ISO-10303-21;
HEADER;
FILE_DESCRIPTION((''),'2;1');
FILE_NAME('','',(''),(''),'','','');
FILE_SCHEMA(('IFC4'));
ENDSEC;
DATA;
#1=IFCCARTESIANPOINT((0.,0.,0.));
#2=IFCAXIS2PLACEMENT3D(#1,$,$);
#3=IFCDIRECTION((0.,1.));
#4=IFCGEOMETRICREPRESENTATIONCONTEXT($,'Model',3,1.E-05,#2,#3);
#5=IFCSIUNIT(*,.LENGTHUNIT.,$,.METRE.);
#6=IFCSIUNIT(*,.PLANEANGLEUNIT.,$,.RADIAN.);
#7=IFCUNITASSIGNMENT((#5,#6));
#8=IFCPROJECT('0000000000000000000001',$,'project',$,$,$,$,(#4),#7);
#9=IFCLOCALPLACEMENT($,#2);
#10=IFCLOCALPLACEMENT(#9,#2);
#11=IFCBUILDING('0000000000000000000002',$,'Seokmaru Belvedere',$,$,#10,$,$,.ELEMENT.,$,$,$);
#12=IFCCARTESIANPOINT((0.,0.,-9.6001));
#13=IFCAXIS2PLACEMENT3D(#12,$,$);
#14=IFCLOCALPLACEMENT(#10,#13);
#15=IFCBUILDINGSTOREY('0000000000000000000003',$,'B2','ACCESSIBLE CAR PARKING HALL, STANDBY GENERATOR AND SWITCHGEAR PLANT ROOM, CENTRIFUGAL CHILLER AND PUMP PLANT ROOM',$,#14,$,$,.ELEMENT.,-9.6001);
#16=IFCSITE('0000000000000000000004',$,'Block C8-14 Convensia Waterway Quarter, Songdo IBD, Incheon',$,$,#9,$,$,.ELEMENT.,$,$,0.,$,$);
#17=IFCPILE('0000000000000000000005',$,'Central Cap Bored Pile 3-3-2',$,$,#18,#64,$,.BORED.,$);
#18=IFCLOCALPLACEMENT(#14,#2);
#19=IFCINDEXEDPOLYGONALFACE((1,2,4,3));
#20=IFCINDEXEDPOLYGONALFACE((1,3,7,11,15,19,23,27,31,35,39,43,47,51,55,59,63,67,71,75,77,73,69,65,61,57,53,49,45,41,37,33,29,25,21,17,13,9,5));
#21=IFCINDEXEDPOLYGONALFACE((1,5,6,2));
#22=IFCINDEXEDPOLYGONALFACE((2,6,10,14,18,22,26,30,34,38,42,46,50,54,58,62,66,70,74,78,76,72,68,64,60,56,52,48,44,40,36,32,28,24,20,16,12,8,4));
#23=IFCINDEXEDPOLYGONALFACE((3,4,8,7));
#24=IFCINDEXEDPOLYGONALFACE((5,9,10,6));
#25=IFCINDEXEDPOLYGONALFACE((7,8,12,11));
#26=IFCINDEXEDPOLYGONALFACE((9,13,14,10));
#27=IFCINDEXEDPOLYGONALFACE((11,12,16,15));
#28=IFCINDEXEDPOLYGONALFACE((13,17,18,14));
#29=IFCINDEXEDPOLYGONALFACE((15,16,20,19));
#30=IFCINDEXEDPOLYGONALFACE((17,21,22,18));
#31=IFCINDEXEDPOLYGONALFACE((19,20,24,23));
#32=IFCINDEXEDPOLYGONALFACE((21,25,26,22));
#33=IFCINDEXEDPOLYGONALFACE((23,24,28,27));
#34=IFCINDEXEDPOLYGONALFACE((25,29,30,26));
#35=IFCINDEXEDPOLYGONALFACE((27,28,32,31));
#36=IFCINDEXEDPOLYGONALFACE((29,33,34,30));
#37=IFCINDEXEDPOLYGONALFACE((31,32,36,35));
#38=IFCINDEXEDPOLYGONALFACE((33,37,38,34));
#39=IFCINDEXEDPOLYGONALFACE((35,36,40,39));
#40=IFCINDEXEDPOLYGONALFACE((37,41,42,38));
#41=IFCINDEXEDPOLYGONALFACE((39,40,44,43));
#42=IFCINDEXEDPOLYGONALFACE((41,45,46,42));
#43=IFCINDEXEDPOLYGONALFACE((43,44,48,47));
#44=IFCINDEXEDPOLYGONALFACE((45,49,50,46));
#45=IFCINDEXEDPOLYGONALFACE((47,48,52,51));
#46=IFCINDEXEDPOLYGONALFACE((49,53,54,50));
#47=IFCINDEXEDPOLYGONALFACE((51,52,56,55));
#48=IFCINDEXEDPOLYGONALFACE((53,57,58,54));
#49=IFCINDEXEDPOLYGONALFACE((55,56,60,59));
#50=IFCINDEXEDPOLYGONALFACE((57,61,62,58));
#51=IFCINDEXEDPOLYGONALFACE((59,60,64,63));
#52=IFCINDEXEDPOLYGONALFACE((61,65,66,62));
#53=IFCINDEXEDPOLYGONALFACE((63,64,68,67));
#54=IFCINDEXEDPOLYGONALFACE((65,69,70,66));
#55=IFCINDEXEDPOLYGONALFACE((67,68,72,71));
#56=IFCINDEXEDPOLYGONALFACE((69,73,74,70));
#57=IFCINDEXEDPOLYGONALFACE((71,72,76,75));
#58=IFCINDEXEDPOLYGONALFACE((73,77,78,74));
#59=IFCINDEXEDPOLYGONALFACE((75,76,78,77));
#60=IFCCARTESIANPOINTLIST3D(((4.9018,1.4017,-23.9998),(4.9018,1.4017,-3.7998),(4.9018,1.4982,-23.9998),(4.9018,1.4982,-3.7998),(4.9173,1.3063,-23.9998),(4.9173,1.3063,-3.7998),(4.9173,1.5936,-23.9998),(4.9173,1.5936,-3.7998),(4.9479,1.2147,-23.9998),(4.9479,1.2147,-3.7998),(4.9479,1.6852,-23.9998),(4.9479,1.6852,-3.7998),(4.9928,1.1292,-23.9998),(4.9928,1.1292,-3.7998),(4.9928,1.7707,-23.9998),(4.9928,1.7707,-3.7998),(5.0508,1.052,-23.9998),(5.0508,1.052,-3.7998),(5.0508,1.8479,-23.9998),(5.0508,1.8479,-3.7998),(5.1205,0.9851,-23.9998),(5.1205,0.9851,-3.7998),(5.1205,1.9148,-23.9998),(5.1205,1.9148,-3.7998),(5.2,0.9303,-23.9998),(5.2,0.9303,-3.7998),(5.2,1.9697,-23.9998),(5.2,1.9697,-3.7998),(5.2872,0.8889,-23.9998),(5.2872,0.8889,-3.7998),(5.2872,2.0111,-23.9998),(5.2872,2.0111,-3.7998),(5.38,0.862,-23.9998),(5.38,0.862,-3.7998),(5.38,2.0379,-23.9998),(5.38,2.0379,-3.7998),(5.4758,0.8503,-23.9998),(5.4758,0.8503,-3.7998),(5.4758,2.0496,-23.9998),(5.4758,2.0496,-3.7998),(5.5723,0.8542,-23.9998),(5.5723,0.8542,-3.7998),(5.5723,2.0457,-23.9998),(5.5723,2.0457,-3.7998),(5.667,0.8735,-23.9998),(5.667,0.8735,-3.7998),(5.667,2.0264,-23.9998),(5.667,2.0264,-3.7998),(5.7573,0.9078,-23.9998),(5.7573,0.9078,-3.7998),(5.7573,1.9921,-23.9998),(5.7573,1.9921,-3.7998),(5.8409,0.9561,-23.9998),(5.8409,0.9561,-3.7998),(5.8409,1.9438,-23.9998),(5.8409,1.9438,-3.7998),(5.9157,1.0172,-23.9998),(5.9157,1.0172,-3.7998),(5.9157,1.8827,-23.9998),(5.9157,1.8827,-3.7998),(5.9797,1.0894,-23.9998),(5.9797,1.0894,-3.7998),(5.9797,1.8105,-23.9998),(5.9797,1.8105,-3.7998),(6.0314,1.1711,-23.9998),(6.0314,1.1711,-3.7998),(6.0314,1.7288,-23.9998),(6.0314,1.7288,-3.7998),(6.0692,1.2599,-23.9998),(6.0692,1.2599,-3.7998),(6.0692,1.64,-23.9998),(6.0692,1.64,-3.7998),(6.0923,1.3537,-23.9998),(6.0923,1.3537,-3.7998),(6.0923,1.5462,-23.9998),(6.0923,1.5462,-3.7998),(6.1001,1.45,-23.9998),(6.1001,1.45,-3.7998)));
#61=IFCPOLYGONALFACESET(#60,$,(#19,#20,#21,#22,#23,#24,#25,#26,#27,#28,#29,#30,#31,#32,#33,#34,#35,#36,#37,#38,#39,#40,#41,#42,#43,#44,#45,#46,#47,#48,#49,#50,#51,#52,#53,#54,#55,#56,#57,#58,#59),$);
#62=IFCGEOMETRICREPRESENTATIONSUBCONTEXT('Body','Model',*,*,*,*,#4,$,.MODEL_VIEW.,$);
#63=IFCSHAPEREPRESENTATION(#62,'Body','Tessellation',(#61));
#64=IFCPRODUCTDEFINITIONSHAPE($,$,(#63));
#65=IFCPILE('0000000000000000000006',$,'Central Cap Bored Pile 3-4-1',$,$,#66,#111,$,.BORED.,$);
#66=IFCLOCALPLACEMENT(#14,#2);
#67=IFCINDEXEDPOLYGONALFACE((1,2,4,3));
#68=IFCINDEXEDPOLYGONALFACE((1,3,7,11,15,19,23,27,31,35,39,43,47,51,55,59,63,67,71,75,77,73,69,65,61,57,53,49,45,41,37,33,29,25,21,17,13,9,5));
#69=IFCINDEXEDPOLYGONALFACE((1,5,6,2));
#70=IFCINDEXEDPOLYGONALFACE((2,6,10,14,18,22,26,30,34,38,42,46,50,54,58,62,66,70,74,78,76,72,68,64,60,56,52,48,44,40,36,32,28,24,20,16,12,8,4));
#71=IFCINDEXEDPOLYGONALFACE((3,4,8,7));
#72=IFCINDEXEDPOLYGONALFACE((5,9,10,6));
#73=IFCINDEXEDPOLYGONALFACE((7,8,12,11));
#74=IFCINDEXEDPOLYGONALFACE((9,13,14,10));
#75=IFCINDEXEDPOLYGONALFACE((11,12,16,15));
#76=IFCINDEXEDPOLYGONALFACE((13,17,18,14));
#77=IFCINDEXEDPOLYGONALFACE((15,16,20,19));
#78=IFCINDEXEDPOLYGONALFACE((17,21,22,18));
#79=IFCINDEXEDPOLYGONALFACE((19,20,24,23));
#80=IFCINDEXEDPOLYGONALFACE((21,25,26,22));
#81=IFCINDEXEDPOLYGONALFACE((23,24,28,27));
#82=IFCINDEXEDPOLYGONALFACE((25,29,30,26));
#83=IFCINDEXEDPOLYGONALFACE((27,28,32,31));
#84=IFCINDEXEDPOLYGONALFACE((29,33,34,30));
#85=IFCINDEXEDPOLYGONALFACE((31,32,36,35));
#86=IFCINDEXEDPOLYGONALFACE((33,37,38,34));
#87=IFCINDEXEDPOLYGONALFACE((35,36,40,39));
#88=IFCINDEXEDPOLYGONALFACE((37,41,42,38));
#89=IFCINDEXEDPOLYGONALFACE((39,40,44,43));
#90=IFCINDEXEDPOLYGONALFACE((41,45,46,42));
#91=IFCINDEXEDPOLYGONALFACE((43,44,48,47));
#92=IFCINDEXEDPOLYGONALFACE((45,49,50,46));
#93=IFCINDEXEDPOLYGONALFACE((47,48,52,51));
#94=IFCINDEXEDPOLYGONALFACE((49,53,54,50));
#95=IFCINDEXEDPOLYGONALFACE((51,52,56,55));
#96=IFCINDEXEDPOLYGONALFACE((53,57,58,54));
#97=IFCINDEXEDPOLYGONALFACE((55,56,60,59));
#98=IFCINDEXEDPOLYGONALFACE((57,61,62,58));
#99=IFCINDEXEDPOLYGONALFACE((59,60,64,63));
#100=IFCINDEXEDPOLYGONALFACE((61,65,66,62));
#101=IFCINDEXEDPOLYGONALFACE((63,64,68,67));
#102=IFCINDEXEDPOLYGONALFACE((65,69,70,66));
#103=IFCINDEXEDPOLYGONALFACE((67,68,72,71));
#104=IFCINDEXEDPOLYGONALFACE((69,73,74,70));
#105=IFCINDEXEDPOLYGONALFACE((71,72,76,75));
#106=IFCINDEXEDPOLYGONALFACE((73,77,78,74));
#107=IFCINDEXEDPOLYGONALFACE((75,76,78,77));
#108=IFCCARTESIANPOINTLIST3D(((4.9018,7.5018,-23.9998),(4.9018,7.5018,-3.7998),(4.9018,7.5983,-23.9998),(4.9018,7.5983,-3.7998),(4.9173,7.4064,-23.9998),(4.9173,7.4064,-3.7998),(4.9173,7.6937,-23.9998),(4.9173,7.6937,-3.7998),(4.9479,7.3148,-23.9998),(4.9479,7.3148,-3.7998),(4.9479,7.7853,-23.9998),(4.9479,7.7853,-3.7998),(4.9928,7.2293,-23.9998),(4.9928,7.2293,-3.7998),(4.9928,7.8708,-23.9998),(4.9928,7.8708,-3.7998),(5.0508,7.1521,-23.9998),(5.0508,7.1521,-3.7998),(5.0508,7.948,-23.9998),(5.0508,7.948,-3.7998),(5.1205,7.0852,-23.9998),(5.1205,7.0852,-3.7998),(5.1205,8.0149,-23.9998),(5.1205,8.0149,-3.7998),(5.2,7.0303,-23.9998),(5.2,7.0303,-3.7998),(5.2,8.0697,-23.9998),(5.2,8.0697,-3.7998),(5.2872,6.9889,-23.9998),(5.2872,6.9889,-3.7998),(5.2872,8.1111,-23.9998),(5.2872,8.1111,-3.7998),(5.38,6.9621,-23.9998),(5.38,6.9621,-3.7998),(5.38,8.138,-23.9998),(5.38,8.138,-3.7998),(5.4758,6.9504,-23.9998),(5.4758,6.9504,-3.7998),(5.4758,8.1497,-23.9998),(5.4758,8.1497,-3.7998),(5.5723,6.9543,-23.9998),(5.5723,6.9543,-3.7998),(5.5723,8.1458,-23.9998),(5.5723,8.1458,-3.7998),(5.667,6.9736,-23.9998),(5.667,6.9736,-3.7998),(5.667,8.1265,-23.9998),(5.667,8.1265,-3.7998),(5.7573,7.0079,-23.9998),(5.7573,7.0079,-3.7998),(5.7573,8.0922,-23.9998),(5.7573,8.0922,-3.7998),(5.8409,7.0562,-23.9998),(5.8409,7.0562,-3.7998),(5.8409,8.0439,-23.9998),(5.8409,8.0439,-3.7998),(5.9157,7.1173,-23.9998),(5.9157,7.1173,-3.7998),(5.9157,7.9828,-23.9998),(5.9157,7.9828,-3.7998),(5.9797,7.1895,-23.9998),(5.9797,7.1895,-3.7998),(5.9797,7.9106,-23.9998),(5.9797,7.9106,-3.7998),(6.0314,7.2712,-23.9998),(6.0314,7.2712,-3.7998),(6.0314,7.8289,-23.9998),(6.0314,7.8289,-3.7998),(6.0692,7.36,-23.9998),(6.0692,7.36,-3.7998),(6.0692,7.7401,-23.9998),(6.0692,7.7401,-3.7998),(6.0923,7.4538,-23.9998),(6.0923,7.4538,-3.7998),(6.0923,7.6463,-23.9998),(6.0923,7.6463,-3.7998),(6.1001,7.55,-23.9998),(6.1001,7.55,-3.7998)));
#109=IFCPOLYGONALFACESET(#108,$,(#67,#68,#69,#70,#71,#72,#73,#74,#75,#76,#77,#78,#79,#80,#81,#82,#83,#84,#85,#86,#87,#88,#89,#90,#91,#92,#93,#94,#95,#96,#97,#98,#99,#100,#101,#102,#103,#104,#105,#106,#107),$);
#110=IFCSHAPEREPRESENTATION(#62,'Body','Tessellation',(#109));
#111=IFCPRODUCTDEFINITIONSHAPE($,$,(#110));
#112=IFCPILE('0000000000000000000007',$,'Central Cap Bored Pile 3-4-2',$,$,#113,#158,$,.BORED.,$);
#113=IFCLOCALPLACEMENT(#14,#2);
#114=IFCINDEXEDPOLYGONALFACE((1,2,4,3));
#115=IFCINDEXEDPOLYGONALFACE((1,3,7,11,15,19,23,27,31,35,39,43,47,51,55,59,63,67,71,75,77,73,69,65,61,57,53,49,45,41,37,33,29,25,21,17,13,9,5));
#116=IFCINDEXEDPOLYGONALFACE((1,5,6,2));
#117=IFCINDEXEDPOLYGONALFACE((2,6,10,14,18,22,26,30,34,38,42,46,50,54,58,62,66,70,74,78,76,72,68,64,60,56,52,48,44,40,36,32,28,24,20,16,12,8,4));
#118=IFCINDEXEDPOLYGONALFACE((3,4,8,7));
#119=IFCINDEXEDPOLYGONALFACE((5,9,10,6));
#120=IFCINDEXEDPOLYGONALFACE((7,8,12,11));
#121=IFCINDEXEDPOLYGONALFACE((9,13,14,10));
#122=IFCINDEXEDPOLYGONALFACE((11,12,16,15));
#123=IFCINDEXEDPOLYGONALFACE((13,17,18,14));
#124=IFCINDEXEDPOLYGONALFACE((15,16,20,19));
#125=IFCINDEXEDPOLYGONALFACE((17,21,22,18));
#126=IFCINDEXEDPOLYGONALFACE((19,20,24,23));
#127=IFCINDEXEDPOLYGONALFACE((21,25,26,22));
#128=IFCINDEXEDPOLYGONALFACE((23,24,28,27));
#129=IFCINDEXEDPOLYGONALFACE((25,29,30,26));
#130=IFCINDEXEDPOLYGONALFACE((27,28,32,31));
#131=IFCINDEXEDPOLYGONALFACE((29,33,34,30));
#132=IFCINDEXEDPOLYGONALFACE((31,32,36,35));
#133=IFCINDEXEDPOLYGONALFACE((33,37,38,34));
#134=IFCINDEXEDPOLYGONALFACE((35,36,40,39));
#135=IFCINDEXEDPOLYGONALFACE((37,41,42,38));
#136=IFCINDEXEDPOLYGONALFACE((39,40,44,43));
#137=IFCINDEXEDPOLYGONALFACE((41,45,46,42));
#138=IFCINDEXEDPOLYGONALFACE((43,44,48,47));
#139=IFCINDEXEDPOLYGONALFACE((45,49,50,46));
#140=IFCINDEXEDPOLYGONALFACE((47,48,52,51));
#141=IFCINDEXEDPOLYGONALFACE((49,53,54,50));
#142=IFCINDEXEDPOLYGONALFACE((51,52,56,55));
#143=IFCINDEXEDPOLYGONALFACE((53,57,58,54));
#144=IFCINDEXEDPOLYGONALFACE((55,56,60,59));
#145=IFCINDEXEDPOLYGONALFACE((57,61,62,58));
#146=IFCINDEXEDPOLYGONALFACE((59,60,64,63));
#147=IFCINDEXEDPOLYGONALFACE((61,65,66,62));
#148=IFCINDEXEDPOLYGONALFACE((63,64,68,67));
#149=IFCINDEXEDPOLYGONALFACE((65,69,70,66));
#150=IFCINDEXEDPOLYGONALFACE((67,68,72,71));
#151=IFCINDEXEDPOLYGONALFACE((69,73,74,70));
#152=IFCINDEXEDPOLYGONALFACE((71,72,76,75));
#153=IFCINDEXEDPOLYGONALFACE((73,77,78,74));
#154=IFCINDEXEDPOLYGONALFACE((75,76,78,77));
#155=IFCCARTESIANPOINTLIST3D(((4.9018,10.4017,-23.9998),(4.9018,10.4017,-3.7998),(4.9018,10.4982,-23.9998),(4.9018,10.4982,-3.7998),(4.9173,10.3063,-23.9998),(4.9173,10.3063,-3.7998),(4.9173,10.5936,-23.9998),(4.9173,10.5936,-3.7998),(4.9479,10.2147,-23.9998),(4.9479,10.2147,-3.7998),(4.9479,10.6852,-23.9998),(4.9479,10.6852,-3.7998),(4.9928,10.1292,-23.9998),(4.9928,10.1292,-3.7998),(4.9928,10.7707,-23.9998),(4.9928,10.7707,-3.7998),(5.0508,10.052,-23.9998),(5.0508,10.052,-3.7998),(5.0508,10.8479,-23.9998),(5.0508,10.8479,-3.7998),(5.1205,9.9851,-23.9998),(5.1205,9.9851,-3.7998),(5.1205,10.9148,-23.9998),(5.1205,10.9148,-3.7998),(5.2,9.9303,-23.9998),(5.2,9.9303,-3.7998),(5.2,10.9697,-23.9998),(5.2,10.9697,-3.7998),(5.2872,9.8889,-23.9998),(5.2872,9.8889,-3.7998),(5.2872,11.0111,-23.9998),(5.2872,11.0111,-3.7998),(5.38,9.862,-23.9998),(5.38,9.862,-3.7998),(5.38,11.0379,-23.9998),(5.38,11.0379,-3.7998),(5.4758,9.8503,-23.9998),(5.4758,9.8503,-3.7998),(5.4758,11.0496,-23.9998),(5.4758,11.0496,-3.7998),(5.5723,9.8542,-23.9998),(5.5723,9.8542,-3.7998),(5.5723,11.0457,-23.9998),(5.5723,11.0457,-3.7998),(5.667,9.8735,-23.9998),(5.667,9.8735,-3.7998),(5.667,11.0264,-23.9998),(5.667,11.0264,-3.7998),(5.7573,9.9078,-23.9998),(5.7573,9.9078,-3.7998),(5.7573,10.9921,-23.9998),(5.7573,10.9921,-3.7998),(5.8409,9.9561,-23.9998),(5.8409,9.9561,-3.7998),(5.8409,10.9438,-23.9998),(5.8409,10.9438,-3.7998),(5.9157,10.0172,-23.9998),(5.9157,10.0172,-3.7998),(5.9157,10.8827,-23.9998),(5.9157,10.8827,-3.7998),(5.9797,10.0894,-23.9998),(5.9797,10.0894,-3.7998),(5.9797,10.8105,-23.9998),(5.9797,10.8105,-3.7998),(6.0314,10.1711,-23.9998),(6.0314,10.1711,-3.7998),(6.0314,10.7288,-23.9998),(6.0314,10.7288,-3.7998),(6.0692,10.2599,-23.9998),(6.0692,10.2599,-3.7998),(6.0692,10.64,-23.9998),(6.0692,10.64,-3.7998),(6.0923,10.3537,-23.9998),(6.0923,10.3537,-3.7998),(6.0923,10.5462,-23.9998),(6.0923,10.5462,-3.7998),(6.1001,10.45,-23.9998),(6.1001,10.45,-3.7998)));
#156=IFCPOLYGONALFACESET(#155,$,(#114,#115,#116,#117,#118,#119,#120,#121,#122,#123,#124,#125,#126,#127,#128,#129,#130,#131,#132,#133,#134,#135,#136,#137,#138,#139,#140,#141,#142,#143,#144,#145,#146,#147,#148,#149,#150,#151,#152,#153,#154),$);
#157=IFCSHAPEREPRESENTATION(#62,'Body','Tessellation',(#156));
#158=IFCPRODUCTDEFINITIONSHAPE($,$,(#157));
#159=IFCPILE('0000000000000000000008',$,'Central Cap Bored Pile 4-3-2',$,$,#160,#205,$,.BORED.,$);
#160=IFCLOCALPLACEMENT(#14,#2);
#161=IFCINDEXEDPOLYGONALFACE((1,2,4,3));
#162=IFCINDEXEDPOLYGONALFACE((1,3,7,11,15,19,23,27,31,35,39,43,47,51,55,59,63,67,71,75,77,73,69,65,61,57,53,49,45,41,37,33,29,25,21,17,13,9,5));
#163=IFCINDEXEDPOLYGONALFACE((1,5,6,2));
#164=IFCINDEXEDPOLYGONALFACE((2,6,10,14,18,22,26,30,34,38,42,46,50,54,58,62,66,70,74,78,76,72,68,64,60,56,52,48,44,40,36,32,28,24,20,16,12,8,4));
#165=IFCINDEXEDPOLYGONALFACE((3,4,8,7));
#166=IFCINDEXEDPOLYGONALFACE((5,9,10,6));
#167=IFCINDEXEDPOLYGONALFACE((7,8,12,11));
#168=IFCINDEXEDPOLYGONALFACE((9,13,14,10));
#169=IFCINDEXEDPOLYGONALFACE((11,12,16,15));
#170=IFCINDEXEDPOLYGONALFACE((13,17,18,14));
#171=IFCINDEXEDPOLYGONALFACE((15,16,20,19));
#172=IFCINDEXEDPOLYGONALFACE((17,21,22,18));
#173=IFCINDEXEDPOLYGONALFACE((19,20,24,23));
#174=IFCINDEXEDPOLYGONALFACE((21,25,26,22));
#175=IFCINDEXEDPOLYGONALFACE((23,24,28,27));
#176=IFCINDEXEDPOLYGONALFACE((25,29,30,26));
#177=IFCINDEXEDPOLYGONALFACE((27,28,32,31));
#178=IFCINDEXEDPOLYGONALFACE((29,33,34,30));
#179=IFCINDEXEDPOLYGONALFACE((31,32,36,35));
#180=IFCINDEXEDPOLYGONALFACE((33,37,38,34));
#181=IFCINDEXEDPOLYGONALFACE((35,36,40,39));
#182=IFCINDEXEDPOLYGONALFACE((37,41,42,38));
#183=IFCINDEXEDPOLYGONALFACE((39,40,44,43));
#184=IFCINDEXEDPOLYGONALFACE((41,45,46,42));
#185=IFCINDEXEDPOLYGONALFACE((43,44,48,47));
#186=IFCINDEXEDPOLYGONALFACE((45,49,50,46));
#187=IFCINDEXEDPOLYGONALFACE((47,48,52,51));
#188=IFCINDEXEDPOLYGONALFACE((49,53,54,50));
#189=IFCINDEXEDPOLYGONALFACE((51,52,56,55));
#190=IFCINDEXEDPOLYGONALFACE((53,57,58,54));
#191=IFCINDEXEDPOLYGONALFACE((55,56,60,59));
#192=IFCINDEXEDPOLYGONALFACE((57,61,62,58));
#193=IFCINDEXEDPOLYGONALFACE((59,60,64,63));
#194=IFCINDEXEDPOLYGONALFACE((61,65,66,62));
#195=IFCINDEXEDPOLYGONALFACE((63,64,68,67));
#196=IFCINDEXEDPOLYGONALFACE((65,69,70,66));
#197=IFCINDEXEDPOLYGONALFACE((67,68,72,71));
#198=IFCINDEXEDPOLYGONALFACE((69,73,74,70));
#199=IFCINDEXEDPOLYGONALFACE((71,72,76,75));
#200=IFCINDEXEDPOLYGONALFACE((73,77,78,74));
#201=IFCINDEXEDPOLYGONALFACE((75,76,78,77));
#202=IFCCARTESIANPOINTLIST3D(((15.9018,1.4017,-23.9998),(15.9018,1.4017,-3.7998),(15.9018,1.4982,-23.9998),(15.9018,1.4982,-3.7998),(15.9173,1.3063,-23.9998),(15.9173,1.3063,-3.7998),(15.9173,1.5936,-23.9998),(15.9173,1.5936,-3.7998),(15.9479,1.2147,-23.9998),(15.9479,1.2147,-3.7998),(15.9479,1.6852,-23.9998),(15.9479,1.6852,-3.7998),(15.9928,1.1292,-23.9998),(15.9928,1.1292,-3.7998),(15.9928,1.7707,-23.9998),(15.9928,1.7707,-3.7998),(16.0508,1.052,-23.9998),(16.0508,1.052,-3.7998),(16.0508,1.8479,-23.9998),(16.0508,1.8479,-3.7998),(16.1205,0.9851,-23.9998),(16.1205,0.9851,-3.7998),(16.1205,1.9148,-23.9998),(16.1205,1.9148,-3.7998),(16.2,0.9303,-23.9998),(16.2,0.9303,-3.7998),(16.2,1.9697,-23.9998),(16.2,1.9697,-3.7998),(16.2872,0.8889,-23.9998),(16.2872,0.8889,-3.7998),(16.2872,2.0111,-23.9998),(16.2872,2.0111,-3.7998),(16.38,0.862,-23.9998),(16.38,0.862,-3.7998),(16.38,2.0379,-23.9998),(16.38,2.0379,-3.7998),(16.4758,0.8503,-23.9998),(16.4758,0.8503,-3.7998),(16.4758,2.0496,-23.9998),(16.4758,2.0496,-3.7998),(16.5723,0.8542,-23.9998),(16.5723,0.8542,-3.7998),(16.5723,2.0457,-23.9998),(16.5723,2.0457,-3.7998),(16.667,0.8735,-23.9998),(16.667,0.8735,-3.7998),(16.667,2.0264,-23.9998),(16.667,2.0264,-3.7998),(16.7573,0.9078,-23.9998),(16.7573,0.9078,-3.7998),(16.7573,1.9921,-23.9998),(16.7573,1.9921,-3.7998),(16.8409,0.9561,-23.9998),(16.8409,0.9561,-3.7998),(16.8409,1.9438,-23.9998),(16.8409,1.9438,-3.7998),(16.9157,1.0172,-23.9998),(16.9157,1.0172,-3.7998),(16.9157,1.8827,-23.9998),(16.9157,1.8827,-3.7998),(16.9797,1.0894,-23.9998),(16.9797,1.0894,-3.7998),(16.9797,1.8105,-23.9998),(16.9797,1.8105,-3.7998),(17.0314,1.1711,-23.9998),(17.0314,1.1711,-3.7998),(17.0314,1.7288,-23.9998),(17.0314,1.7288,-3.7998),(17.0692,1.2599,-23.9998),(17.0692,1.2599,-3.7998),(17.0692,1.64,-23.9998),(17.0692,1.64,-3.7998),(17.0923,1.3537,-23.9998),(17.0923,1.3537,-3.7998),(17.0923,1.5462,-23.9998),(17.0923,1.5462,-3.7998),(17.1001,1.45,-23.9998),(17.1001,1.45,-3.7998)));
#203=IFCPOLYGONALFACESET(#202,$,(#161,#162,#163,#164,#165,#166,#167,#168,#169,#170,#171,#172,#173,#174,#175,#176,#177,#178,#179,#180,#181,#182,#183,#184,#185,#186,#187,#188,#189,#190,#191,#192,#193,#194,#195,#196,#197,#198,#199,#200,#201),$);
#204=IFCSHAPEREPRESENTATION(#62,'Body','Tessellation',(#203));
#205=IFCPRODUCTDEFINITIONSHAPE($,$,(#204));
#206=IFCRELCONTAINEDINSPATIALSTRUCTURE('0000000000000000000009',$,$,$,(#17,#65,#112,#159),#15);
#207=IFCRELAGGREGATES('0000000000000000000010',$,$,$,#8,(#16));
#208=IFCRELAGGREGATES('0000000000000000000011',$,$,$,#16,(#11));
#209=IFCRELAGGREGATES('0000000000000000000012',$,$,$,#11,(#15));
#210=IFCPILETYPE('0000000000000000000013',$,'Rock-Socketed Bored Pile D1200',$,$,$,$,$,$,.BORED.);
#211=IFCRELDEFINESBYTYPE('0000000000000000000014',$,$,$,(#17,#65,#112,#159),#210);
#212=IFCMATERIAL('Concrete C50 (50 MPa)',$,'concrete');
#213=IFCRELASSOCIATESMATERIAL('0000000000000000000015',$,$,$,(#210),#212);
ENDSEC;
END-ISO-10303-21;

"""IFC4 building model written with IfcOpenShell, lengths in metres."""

from ifc_helpers import new_model, si_unit, direction, frame, origin, origin_2d, place, context, subcontext, project, spatial, circle, extrude, source, transform, mapped, material, material_profile, profile_set, type_object, type_shapes, element, save


model = new_model("IFC4")

# Units and contexts
model_context = context("Model", 3, precision=1e-05, world=origin(), true_north=direction((0.0, 1.0)))
body_context = subcontext(model_context, "Body", "Model", "MODEL_VIEW")
ifc_project = project(units=[si_unit("LENGTHUNIT", "METRE"), si_unit("PLANEANGLEUNIT", "RADIAN")], contexts=[model_context])

# Site, building, storey
site_placement = place(None, origin())
site = spatial("IfcSite", under=ifc_project, at=site_placement, Name="Block C8-14 Convensia Waterway Quarter, Songdo IBD, Incheon", CompositionType="ELEMENT", RefElevation=0.0)
building_placement = place(site_placement, origin())
building = spatial("IfcBuilding", under=site, at=building_placement, Name="Seokmaru Belvedere", CompositionType="ELEMENT")
storey_placement = place(building_placement, frame((0.0, 0.0, -9.6001)))
storey = spatial("IfcBuildingStorey", under=building, at=storey_placement, Name="B2", Description="ACCESSIBLE CAR PARKING HALL, STANDBY GENERATOR AND SWITCHGEAR PLANT ROOM, CENTRIFUGAL CHILLER AND PUMP PLANT ROOM", CompositionType="ELEMENT", Elevation=-9.6001)

# Piles
ifc_material_1 = material(Name="Concrete C50 (50 MPa)", Category="concrete")
ifc_material_profile_1 = material_profile(ifc_material_1, circle(Radius=0.6001, at=origin_2d()), Name="PILE-D1200")
ifc_profile_set_1 = profile_set([ifc_material_profile_1], Name="Concrete C50 (50 MPa)")
pile_type = type_object("IfcPileType", Name="Rock-Socketed Bored Pile D1200", PredefinedType="BORED", material=ifc_profile_set_1)
shared_shape_1 = source(origin(), body_context, "Body", "SweptSolid", [
    extrude(circle(Radius=0.6001, at=origin_2d()), origin(), (0.0, 0.0, 1.0), 20.2),
])
type_shapes(pile_type, [shared_shape_1])
for number, where, z_axis, x_axis, name in (
    (1, (5.5, 1.45, -3.7998), (0.0, 0.0, -1.0), (1.0, 0.0, 0.0), "Central Cap Bored Pile 3-3-2"),
    (2, (5.5, 7.55, -3.7998), (0.0, 0.0, -1.0), (1.0, 0.0, 0.0), "Central Cap Bored Pile 3-4-1"),
    (3, (5.5, 10.45, -3.7998), (0.0, 0.0, -1.0), (1.0, 0.0, 0.0), "Central Cap Bored Pile 3-4-2"),
    (4, (16.5, 1.45, -3.7998), (0.0, 0.0, -1.0), (1.0, 0.0, 0.0), "Central Cap Bored Pile 4-3-2"),
):
    element("IfcPile", number, at=place(storey_placement, frame(where, z_axis=z_axis, x_axis=x_axis)), inside=storey, type_object=pile_type, Name=name, PredefinedType="BORED", context=body_context, shape_type="MappedRepresentation", body=[
        mapped(shared_shape_1, transform((0.0, 0.0, 0.0), scale=1.0)),
    ])

save(model, "model.ifc")
